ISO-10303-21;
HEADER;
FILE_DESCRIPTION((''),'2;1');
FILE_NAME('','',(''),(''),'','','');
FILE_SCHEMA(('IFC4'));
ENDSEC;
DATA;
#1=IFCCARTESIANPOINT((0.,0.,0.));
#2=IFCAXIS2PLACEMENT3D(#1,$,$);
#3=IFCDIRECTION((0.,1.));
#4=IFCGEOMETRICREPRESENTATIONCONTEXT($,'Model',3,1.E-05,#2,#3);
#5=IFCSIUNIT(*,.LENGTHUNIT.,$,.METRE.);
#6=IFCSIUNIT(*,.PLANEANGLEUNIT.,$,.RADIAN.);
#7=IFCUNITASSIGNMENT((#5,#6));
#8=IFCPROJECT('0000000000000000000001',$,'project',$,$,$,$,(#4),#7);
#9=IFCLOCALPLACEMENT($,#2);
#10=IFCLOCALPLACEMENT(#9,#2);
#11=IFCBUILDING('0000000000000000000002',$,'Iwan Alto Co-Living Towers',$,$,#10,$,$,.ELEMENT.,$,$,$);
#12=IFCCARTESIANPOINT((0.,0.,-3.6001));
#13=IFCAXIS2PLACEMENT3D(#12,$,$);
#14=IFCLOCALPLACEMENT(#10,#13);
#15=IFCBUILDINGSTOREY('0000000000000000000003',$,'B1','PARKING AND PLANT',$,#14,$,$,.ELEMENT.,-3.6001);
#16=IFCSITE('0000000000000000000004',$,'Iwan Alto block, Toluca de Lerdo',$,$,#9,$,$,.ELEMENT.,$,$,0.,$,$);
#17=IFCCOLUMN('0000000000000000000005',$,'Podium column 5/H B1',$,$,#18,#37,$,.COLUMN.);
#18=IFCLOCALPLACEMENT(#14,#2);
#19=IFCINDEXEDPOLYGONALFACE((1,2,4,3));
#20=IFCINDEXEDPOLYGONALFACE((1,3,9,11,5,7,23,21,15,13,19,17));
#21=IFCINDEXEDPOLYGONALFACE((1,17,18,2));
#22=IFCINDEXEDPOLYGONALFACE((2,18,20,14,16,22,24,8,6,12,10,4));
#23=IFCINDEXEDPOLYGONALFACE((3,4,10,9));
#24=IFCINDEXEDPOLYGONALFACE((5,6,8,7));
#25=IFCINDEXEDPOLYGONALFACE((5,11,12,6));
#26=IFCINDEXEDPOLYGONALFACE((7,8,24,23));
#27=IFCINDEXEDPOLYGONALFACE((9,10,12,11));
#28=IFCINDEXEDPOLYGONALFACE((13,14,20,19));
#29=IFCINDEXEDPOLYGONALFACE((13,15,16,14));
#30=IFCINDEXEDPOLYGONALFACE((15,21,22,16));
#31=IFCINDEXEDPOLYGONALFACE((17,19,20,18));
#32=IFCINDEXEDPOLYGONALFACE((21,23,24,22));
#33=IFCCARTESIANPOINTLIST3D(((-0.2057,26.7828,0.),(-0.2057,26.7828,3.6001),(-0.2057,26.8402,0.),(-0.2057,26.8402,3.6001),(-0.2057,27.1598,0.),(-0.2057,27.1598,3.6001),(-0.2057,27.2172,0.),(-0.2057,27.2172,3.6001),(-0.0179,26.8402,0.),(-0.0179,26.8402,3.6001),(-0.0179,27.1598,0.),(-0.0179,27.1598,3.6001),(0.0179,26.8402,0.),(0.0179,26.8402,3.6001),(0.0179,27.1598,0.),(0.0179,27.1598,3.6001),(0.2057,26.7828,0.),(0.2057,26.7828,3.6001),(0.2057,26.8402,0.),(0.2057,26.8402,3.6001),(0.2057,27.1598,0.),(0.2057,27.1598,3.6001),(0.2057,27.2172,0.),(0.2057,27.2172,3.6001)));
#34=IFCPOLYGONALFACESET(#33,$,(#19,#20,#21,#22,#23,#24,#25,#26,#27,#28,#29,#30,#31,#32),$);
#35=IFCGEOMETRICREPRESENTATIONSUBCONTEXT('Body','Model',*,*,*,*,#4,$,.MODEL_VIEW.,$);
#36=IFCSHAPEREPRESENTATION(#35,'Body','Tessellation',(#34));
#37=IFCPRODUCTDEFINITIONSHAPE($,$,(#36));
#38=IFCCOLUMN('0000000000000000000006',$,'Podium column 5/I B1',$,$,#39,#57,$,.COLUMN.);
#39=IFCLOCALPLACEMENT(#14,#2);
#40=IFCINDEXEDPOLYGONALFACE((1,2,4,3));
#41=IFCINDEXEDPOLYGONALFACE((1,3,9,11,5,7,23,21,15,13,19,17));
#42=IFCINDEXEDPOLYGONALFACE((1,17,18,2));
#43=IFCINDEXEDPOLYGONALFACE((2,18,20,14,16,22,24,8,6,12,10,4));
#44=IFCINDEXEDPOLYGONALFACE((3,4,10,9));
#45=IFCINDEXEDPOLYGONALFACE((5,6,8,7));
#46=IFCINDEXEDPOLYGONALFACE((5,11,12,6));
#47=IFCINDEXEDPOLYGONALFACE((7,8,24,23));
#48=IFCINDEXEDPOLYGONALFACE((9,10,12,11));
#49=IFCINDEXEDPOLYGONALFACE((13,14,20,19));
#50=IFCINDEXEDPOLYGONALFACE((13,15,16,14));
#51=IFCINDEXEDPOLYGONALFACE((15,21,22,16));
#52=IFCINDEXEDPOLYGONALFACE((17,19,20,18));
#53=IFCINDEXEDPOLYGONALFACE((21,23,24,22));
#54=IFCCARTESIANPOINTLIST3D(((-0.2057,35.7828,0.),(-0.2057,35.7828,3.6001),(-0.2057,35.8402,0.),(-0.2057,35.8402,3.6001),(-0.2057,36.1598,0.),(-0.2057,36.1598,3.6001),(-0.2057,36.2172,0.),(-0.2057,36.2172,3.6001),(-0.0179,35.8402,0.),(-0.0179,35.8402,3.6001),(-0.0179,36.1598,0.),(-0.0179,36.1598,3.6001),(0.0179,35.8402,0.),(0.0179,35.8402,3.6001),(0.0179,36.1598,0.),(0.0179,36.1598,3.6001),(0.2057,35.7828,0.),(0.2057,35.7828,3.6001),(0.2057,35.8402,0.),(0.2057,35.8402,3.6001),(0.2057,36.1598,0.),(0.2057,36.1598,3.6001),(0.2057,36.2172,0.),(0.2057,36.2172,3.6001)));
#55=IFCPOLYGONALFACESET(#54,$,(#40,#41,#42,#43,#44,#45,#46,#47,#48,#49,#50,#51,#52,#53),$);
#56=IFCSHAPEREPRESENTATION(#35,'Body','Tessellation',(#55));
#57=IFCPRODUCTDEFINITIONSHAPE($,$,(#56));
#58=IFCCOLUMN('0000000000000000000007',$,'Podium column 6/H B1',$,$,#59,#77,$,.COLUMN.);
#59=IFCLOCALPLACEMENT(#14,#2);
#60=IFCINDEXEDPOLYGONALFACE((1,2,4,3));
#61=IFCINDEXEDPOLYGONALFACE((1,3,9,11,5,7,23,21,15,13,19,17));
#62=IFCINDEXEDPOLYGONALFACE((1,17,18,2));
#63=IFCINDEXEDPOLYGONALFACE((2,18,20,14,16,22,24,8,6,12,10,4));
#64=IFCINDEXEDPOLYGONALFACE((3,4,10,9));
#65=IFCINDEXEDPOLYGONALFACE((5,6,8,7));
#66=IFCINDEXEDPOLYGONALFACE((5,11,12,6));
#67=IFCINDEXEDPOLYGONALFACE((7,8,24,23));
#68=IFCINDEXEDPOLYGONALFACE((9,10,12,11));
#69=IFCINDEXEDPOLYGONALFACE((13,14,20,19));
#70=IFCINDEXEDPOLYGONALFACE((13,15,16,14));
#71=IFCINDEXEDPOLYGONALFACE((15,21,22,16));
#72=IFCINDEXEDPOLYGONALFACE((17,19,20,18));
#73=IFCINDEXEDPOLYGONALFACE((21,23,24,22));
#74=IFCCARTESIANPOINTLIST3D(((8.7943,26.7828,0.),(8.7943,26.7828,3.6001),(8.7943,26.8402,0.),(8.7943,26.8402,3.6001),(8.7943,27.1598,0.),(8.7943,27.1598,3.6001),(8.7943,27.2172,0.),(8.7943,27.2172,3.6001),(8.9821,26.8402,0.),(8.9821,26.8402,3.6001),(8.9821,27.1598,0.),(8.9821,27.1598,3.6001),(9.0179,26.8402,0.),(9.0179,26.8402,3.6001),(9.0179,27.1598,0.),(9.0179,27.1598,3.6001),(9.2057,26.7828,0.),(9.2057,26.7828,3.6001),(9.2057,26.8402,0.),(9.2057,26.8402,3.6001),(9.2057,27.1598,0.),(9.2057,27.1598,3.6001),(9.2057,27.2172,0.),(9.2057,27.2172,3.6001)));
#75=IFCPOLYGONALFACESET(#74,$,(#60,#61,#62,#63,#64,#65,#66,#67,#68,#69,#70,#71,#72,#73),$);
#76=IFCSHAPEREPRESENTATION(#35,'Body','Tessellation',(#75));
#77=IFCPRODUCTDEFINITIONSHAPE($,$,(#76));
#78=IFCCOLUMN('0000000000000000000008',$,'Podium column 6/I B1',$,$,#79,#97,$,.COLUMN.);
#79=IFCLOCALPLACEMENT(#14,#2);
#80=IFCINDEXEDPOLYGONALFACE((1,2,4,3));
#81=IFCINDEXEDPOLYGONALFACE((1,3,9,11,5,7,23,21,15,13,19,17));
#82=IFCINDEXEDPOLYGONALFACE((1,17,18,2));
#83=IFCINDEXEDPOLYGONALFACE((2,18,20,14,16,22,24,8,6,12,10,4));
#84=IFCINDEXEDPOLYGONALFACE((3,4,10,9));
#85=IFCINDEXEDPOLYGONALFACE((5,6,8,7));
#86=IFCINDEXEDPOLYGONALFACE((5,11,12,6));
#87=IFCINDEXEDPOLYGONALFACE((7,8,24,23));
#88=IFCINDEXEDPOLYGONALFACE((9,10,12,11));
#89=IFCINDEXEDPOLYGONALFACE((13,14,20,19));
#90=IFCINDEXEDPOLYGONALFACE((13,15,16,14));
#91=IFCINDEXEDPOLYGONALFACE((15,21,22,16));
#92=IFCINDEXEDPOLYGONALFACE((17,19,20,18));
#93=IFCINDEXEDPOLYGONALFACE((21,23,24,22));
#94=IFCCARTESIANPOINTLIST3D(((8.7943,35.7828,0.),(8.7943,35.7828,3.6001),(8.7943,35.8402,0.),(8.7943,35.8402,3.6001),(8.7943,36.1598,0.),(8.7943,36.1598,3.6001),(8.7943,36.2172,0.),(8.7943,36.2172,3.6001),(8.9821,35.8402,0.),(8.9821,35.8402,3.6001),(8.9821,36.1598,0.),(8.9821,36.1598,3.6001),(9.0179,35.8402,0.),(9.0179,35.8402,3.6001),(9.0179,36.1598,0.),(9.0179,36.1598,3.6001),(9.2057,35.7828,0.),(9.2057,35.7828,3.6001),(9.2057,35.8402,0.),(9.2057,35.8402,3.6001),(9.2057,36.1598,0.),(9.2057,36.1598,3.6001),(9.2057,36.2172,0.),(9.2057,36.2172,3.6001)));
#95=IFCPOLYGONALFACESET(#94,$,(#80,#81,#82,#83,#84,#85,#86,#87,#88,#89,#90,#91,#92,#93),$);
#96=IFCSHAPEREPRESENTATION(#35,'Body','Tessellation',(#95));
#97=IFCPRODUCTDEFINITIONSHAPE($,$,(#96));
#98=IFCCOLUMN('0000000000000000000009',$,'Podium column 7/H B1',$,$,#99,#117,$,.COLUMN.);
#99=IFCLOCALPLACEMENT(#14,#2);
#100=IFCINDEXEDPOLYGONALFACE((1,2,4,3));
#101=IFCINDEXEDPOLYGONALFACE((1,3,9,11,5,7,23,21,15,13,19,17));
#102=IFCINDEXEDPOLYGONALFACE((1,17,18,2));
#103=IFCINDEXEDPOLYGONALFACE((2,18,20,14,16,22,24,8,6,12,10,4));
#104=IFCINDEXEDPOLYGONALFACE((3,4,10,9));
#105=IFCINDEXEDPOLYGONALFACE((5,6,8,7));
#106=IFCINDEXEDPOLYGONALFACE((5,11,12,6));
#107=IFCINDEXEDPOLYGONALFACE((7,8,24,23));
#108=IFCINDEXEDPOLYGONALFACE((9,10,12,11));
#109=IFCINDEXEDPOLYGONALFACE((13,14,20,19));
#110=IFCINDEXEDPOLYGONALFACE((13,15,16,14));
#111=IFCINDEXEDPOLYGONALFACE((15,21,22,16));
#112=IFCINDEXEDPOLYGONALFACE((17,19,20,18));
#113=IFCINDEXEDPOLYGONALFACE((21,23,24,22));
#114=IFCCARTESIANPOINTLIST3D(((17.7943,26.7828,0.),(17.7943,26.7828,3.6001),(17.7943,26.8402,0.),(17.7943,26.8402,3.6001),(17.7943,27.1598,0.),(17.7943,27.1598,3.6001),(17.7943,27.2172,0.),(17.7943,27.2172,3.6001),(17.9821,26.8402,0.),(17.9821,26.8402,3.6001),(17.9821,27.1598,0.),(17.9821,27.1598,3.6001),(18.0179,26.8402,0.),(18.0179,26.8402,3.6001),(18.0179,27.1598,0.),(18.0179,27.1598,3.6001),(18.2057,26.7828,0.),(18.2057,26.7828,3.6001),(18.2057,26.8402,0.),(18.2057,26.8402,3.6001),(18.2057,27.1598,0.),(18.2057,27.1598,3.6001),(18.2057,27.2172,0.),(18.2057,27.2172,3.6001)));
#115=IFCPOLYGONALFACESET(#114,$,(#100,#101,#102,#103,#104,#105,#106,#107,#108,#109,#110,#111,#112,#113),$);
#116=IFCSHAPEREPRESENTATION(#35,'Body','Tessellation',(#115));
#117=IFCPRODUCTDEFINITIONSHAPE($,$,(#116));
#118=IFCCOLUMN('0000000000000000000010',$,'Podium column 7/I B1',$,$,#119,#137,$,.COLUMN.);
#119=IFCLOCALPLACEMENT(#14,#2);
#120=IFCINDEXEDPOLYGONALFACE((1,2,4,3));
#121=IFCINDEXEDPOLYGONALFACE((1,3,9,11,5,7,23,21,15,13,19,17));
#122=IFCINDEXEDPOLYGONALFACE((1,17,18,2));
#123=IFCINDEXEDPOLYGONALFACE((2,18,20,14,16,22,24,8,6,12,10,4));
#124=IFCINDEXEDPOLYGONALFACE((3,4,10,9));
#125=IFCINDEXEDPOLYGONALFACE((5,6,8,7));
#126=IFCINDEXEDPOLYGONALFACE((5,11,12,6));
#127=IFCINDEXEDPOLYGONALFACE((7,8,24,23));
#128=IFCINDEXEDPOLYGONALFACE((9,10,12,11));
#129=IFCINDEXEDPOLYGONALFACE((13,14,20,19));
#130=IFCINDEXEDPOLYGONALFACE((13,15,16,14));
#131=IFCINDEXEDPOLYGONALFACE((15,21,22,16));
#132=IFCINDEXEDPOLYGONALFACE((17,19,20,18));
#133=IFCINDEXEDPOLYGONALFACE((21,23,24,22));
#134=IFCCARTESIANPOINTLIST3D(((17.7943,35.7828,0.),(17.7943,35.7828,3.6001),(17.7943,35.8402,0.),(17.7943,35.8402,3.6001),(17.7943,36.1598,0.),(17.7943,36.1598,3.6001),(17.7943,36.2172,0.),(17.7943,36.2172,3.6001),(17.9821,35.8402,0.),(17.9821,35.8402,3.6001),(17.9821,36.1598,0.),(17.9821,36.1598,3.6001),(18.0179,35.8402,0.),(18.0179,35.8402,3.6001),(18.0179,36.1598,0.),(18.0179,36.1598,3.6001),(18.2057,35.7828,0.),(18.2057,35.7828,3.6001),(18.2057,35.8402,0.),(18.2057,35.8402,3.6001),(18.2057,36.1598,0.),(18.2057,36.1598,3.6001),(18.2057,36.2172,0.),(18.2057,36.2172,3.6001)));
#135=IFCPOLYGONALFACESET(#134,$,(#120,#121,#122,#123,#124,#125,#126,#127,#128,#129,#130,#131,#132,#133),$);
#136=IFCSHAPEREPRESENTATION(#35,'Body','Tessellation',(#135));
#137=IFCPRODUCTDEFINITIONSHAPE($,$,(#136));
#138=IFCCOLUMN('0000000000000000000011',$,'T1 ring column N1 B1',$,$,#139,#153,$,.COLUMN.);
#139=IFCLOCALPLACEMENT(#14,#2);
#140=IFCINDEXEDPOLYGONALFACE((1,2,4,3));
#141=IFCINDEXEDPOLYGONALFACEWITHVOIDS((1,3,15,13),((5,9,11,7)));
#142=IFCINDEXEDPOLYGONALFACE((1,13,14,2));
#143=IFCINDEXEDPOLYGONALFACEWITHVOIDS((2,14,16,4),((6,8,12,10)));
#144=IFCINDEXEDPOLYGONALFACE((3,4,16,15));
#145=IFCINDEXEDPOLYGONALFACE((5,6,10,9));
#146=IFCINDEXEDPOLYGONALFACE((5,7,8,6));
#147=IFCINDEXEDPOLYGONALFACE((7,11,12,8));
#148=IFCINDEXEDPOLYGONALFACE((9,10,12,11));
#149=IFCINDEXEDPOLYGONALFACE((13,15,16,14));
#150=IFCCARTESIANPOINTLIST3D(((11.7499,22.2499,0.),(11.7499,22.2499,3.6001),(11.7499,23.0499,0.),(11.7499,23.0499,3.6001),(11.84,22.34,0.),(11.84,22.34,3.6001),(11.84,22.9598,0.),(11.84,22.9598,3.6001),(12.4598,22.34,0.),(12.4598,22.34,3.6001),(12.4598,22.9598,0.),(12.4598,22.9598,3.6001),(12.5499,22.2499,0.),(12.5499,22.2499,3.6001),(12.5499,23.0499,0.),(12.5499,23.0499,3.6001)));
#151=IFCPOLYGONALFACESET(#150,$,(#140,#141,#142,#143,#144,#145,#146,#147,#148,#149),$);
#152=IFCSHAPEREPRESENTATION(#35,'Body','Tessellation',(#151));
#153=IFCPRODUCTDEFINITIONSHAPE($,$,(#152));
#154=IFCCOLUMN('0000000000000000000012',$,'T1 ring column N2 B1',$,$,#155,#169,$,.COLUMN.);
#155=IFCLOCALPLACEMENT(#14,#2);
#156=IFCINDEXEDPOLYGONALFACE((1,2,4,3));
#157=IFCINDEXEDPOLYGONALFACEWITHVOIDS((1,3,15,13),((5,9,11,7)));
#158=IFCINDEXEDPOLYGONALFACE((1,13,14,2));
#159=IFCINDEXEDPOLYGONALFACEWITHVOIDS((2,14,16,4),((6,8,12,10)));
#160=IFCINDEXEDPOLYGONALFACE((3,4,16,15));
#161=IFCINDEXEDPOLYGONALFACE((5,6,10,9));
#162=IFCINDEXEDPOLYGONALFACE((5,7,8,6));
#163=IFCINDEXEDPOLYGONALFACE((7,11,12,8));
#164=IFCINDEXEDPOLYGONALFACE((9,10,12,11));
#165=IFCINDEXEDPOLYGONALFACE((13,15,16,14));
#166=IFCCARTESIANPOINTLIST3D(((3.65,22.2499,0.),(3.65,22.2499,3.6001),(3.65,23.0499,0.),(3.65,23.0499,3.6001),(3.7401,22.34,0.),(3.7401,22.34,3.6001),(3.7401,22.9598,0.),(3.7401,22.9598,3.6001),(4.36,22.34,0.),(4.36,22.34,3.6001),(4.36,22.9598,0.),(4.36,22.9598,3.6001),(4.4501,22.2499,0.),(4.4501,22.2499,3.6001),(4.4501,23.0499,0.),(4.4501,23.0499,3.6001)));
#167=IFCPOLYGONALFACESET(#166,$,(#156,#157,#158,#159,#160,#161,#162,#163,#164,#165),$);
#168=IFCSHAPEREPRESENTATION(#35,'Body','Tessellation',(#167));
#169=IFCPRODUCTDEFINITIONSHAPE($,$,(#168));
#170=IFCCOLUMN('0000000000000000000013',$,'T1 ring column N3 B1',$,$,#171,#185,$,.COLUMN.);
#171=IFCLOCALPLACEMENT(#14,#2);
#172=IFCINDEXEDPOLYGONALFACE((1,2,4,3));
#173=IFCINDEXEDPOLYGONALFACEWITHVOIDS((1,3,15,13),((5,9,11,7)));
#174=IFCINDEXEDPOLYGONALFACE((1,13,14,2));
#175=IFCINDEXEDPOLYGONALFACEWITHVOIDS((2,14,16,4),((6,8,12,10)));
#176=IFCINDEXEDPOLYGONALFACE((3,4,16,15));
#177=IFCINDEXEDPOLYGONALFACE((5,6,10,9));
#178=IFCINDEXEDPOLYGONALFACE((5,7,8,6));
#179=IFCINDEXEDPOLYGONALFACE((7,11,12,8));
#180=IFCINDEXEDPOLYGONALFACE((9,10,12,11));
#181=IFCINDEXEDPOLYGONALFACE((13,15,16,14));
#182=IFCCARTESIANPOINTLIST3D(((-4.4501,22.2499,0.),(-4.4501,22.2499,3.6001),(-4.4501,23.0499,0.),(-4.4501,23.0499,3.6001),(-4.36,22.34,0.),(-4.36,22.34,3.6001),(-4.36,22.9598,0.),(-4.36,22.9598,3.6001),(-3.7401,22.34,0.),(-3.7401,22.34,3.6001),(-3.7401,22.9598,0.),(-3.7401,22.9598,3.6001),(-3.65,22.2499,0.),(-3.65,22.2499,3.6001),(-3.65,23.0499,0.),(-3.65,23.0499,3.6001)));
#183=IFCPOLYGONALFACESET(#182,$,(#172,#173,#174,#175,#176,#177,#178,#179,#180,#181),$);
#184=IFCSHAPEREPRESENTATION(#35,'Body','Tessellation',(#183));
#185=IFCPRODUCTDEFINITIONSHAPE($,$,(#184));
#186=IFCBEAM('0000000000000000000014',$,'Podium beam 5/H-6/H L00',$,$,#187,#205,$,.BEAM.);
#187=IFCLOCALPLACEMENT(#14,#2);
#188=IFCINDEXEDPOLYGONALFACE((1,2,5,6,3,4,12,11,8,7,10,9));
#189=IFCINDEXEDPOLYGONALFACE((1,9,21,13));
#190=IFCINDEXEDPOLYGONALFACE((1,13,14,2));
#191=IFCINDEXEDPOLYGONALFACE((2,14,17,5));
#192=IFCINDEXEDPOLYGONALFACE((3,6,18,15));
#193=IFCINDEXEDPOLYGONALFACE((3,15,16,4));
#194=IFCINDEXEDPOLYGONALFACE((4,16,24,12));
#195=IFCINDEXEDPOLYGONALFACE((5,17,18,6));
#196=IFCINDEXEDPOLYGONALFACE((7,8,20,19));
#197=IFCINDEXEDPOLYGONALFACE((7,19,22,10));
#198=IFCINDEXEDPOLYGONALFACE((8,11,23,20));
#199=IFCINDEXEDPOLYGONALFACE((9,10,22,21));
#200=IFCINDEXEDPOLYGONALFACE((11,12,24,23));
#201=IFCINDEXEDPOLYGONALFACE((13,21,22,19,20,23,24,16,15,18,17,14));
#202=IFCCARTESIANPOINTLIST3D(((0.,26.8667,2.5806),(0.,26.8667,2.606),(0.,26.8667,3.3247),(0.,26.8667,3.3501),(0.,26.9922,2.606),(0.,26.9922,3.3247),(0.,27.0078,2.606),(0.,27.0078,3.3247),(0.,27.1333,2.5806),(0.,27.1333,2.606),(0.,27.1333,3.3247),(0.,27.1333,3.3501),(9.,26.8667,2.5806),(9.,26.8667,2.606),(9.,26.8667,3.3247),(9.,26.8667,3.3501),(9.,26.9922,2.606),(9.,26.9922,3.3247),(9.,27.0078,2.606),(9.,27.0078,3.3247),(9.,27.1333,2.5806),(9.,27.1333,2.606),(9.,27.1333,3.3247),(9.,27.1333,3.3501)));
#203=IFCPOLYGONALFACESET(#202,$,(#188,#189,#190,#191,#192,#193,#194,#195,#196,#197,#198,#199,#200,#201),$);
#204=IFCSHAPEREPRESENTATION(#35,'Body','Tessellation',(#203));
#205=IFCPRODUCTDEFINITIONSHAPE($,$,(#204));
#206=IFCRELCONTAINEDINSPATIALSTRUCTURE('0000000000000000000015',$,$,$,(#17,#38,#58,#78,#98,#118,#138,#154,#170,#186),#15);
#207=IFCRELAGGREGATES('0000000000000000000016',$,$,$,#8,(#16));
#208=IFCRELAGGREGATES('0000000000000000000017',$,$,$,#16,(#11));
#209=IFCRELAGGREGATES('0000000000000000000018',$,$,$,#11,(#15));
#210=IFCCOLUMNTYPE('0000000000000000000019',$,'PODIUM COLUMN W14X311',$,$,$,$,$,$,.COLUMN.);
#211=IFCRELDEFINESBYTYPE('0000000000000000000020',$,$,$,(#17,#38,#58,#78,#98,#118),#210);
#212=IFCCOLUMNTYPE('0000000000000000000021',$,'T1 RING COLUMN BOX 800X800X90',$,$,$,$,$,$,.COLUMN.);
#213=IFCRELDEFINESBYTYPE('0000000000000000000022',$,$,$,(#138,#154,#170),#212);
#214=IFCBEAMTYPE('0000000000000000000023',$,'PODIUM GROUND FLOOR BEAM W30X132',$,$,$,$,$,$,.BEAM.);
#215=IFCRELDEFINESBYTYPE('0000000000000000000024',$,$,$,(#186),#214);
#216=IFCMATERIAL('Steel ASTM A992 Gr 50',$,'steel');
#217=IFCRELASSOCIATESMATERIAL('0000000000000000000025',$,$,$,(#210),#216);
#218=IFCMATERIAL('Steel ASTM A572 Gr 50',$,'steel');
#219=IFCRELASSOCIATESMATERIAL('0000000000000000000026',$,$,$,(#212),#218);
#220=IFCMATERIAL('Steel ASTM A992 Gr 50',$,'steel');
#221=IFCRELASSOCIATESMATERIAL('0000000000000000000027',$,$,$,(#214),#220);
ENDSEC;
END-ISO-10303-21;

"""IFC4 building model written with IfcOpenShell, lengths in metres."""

from ifc_helpers import new_model, si_unit, direction, frame, origin, origin_2d, place, context, subcontext, project, spatial, hollow_rectangle, i_section, extrude, material, material_profile, profile_set, type_object, element, save


model = new_model("IFC4")

# Units and contexts
model_context = context("Model", 3, precision=1e-05, world=origin(), true_north=direction((0.0, 1.0)))
body_context = subcontext(model_context, "Body", "Model", "MODEL_VIEW")
ifc_project = project(units=[si_unit("LENGTHUNIT", "METRE"), si_unit("PLANEANGLEUNIT", "RADIAN")], contexts=[model_context])

# Site, building, storey
site_placement = place(None, origin())
site = spatial("IfcSite", under=ifc_project, at=site_placement, Name="Iwan Alto block, Toluca de Lerdo", CompositionType="ELEMENT", RefElevation=0.0)
building_placement = place(site_placement, origin())
building = spatial("IfcBuilding", under=site, at=building_placement, Name="Iwan Alto Co-Living Towers", CompositionType="ELEMENT")
storey_placement = place(building_placement, frame((0.0, 0.0, -3.6001)))
storey = spatial("IfcBuildingStorey", under=building, at=storey_placement, Name="B1", Description="PARKING AND PLANT", CompositionType="ELEMENT", Elevation=-3.6001)

# Columns
ifc_material_1 = material(Name="Steel ASTM A992 Gr 50", Category="steel")
ifc_material_profile_1 = material_profile(ifc_material_1, i_section(OverallWidth=0.4114, OverallDepth=0.4343, WebThickness=0.0359, FlangeThickness=0.0574, at=origin_2d()), Name="W14X311")
ifc_profile_set_1 = profile_set([ifc_material_profile_1], Name="Steel ASTM A992 Gr 50")
column_type_1 = type_object("IfcColumnType", Name="PODIUM COLUMN W14X311", PredefinedType="COLUMN", material=ifc_profile_set_1)
for number, where, z_axis, x_axis, name in (
    (1, (0.0, 27.0, 0.0), (0.0, 0.0, 1.0), (1.0, 0.0, 0.0), "Podium column 5/H B1"),
    (2, (0.0, 36.0, 0.0), (0.0, 0.0, 1.0), (1.0, 0.0, 0.0), "Podium column 5/I B1"),
    (3, (9.0, 27.0, 0.0), (0.0, 0.0, 1.0), (1.0, 0.0, 0.0), "Podium column 6/H B1"),
    (4, (9.0, 36.0, 0.0), (0.0, 0.0, 1.0), (1.0, 0.0, 0.0), "Podium column 6/I B1"),
    (5, (18.0, 27.0, 0.0), (0.0, 0.0, 1.0), (1.0, 0.0, 0.0), "Podium column 7/H B1"),
    (6, (18.0, 36.0, 0.0), (0.0, 0.0, 1.0), (1.0, 0.0, 0.0), "Podium column 7/I B1"),
):
    element("IfcColumn", number, at=place(storey_placement, frame(where, z_axis=z_axis, x_axis=x_axis)), inside=storey, type_object=column_type_1, Name=name, PredefinedType="COLUMN", context=body_context, shape_type="SweptSolid", body=[
        extrude(i_section(OverallWidth=0.4114, OverallDepth=0.4343, WebThickness=0.0359, FlangeThickness=0.0574, at=origin_2d()), origin(), (0.0, 0.0, 1.0), 3.6001),
    ])
ifc_material_2 = material(Name="Steel ASTM A572 Gr 50", Category="steel")
ifc_material_profile_2 = material_profile(ifc_material_2, hollow_rectangle(XDim=0.8, YDim=0.8, WallThickness=0.0901, at=origin_2d()), Name="BOX 800X800X90")
ifc_profile_set_2 = profile_set([ifc_material_profile_2], Name="Steel ASTM A572 Gr 50")
column_type_2 = type_object("IfcColumnType", Name="T1 RING COLUMN BOX 800X800X90", PredefinedType="COLUMN", material=ifc_profile_set_2)
for number, where, z_axis, x_axis, name in (
    (7, (12.1499, 22.6499, 0.0), (0.0, 0.0, 1.0), (1.0, 0.0, 0.0), "T1 ring column N1 B1"),
    (8, (4.05, 22.6499, 0.0), (0.0, 0.0, 1.0), (1.0, 0.0, 0.0), "T1 ring column N2 B1"),
    (9, (-4.05, 22.6499, 0.0), (0.0, 0.0, 1.0), (1.0, 0.0, 0.0), "T1 ring column N3 B1"),
):
    element("IfcColumn", number, at=place(storey_placement, frame(where, z_axis=z_axis, x_axis=x_axis)), inside=storey, type_object=column_type_2, Name=name, PredefinedType="COLUMN", context=body_context, shape_type="SweptSolid", body=[
        extrude(hollow_rectangle(XDim=0.8, YDim=0.8, WallThickness=0.0901, at=origin_2d()), origin(), (0.0, 0.0, 1.0), 3.6001),
    ])

# Beam
ifc_material_3 = material(Name="Steel ASTM A992 Gr 50", Category="steel")
ifc_material_profile_3 = material_profile(ifc_material_3, i_section(OverallWidth=0.2666, OverallDepth=0.7695, WebThickness=0.0156, FlangeThickness=0.0254, at=origin_2d()), Name="W30X132")
ifc_profile_set_3 = profile_set([ifc_material_profile_3], Name="Steel ASTM A992 Gr 50")
beam_type_1 = type_object("IfcBeamType", Name="PODIUM GROUND FLOOR BEAM W30X132", PredefinedType="BEAM", material=ifc_profile_set_3)
for number, where, z_axis, x_axis, name in (
    (10, (0.0, 27.0, 2.9653), (1.0, 0.0, 0.0), (0.0, 1.0, 0.0), "Podium beam 5/H-6/H L00"),
):
    element("IfcBeam", number, at=place(storey_placement, frame(where, z_axis=z_axis, x_axis=x_axis)), inside=storey, type_object=beam_type_1, Name=name, PredefinedType="BEAM", context=body_context, shape_type="SweptSolid", body=[
        extrude(i_section(OverallWidth=0.2666, OverallDepth=0.7695, WebThickness=0.0156, FlangeThickness=0.0254, at=origin_2d()), origin(), (0.0, 0.0, 1.0), 9.0),
    ])

save(model, "model.ifc")
